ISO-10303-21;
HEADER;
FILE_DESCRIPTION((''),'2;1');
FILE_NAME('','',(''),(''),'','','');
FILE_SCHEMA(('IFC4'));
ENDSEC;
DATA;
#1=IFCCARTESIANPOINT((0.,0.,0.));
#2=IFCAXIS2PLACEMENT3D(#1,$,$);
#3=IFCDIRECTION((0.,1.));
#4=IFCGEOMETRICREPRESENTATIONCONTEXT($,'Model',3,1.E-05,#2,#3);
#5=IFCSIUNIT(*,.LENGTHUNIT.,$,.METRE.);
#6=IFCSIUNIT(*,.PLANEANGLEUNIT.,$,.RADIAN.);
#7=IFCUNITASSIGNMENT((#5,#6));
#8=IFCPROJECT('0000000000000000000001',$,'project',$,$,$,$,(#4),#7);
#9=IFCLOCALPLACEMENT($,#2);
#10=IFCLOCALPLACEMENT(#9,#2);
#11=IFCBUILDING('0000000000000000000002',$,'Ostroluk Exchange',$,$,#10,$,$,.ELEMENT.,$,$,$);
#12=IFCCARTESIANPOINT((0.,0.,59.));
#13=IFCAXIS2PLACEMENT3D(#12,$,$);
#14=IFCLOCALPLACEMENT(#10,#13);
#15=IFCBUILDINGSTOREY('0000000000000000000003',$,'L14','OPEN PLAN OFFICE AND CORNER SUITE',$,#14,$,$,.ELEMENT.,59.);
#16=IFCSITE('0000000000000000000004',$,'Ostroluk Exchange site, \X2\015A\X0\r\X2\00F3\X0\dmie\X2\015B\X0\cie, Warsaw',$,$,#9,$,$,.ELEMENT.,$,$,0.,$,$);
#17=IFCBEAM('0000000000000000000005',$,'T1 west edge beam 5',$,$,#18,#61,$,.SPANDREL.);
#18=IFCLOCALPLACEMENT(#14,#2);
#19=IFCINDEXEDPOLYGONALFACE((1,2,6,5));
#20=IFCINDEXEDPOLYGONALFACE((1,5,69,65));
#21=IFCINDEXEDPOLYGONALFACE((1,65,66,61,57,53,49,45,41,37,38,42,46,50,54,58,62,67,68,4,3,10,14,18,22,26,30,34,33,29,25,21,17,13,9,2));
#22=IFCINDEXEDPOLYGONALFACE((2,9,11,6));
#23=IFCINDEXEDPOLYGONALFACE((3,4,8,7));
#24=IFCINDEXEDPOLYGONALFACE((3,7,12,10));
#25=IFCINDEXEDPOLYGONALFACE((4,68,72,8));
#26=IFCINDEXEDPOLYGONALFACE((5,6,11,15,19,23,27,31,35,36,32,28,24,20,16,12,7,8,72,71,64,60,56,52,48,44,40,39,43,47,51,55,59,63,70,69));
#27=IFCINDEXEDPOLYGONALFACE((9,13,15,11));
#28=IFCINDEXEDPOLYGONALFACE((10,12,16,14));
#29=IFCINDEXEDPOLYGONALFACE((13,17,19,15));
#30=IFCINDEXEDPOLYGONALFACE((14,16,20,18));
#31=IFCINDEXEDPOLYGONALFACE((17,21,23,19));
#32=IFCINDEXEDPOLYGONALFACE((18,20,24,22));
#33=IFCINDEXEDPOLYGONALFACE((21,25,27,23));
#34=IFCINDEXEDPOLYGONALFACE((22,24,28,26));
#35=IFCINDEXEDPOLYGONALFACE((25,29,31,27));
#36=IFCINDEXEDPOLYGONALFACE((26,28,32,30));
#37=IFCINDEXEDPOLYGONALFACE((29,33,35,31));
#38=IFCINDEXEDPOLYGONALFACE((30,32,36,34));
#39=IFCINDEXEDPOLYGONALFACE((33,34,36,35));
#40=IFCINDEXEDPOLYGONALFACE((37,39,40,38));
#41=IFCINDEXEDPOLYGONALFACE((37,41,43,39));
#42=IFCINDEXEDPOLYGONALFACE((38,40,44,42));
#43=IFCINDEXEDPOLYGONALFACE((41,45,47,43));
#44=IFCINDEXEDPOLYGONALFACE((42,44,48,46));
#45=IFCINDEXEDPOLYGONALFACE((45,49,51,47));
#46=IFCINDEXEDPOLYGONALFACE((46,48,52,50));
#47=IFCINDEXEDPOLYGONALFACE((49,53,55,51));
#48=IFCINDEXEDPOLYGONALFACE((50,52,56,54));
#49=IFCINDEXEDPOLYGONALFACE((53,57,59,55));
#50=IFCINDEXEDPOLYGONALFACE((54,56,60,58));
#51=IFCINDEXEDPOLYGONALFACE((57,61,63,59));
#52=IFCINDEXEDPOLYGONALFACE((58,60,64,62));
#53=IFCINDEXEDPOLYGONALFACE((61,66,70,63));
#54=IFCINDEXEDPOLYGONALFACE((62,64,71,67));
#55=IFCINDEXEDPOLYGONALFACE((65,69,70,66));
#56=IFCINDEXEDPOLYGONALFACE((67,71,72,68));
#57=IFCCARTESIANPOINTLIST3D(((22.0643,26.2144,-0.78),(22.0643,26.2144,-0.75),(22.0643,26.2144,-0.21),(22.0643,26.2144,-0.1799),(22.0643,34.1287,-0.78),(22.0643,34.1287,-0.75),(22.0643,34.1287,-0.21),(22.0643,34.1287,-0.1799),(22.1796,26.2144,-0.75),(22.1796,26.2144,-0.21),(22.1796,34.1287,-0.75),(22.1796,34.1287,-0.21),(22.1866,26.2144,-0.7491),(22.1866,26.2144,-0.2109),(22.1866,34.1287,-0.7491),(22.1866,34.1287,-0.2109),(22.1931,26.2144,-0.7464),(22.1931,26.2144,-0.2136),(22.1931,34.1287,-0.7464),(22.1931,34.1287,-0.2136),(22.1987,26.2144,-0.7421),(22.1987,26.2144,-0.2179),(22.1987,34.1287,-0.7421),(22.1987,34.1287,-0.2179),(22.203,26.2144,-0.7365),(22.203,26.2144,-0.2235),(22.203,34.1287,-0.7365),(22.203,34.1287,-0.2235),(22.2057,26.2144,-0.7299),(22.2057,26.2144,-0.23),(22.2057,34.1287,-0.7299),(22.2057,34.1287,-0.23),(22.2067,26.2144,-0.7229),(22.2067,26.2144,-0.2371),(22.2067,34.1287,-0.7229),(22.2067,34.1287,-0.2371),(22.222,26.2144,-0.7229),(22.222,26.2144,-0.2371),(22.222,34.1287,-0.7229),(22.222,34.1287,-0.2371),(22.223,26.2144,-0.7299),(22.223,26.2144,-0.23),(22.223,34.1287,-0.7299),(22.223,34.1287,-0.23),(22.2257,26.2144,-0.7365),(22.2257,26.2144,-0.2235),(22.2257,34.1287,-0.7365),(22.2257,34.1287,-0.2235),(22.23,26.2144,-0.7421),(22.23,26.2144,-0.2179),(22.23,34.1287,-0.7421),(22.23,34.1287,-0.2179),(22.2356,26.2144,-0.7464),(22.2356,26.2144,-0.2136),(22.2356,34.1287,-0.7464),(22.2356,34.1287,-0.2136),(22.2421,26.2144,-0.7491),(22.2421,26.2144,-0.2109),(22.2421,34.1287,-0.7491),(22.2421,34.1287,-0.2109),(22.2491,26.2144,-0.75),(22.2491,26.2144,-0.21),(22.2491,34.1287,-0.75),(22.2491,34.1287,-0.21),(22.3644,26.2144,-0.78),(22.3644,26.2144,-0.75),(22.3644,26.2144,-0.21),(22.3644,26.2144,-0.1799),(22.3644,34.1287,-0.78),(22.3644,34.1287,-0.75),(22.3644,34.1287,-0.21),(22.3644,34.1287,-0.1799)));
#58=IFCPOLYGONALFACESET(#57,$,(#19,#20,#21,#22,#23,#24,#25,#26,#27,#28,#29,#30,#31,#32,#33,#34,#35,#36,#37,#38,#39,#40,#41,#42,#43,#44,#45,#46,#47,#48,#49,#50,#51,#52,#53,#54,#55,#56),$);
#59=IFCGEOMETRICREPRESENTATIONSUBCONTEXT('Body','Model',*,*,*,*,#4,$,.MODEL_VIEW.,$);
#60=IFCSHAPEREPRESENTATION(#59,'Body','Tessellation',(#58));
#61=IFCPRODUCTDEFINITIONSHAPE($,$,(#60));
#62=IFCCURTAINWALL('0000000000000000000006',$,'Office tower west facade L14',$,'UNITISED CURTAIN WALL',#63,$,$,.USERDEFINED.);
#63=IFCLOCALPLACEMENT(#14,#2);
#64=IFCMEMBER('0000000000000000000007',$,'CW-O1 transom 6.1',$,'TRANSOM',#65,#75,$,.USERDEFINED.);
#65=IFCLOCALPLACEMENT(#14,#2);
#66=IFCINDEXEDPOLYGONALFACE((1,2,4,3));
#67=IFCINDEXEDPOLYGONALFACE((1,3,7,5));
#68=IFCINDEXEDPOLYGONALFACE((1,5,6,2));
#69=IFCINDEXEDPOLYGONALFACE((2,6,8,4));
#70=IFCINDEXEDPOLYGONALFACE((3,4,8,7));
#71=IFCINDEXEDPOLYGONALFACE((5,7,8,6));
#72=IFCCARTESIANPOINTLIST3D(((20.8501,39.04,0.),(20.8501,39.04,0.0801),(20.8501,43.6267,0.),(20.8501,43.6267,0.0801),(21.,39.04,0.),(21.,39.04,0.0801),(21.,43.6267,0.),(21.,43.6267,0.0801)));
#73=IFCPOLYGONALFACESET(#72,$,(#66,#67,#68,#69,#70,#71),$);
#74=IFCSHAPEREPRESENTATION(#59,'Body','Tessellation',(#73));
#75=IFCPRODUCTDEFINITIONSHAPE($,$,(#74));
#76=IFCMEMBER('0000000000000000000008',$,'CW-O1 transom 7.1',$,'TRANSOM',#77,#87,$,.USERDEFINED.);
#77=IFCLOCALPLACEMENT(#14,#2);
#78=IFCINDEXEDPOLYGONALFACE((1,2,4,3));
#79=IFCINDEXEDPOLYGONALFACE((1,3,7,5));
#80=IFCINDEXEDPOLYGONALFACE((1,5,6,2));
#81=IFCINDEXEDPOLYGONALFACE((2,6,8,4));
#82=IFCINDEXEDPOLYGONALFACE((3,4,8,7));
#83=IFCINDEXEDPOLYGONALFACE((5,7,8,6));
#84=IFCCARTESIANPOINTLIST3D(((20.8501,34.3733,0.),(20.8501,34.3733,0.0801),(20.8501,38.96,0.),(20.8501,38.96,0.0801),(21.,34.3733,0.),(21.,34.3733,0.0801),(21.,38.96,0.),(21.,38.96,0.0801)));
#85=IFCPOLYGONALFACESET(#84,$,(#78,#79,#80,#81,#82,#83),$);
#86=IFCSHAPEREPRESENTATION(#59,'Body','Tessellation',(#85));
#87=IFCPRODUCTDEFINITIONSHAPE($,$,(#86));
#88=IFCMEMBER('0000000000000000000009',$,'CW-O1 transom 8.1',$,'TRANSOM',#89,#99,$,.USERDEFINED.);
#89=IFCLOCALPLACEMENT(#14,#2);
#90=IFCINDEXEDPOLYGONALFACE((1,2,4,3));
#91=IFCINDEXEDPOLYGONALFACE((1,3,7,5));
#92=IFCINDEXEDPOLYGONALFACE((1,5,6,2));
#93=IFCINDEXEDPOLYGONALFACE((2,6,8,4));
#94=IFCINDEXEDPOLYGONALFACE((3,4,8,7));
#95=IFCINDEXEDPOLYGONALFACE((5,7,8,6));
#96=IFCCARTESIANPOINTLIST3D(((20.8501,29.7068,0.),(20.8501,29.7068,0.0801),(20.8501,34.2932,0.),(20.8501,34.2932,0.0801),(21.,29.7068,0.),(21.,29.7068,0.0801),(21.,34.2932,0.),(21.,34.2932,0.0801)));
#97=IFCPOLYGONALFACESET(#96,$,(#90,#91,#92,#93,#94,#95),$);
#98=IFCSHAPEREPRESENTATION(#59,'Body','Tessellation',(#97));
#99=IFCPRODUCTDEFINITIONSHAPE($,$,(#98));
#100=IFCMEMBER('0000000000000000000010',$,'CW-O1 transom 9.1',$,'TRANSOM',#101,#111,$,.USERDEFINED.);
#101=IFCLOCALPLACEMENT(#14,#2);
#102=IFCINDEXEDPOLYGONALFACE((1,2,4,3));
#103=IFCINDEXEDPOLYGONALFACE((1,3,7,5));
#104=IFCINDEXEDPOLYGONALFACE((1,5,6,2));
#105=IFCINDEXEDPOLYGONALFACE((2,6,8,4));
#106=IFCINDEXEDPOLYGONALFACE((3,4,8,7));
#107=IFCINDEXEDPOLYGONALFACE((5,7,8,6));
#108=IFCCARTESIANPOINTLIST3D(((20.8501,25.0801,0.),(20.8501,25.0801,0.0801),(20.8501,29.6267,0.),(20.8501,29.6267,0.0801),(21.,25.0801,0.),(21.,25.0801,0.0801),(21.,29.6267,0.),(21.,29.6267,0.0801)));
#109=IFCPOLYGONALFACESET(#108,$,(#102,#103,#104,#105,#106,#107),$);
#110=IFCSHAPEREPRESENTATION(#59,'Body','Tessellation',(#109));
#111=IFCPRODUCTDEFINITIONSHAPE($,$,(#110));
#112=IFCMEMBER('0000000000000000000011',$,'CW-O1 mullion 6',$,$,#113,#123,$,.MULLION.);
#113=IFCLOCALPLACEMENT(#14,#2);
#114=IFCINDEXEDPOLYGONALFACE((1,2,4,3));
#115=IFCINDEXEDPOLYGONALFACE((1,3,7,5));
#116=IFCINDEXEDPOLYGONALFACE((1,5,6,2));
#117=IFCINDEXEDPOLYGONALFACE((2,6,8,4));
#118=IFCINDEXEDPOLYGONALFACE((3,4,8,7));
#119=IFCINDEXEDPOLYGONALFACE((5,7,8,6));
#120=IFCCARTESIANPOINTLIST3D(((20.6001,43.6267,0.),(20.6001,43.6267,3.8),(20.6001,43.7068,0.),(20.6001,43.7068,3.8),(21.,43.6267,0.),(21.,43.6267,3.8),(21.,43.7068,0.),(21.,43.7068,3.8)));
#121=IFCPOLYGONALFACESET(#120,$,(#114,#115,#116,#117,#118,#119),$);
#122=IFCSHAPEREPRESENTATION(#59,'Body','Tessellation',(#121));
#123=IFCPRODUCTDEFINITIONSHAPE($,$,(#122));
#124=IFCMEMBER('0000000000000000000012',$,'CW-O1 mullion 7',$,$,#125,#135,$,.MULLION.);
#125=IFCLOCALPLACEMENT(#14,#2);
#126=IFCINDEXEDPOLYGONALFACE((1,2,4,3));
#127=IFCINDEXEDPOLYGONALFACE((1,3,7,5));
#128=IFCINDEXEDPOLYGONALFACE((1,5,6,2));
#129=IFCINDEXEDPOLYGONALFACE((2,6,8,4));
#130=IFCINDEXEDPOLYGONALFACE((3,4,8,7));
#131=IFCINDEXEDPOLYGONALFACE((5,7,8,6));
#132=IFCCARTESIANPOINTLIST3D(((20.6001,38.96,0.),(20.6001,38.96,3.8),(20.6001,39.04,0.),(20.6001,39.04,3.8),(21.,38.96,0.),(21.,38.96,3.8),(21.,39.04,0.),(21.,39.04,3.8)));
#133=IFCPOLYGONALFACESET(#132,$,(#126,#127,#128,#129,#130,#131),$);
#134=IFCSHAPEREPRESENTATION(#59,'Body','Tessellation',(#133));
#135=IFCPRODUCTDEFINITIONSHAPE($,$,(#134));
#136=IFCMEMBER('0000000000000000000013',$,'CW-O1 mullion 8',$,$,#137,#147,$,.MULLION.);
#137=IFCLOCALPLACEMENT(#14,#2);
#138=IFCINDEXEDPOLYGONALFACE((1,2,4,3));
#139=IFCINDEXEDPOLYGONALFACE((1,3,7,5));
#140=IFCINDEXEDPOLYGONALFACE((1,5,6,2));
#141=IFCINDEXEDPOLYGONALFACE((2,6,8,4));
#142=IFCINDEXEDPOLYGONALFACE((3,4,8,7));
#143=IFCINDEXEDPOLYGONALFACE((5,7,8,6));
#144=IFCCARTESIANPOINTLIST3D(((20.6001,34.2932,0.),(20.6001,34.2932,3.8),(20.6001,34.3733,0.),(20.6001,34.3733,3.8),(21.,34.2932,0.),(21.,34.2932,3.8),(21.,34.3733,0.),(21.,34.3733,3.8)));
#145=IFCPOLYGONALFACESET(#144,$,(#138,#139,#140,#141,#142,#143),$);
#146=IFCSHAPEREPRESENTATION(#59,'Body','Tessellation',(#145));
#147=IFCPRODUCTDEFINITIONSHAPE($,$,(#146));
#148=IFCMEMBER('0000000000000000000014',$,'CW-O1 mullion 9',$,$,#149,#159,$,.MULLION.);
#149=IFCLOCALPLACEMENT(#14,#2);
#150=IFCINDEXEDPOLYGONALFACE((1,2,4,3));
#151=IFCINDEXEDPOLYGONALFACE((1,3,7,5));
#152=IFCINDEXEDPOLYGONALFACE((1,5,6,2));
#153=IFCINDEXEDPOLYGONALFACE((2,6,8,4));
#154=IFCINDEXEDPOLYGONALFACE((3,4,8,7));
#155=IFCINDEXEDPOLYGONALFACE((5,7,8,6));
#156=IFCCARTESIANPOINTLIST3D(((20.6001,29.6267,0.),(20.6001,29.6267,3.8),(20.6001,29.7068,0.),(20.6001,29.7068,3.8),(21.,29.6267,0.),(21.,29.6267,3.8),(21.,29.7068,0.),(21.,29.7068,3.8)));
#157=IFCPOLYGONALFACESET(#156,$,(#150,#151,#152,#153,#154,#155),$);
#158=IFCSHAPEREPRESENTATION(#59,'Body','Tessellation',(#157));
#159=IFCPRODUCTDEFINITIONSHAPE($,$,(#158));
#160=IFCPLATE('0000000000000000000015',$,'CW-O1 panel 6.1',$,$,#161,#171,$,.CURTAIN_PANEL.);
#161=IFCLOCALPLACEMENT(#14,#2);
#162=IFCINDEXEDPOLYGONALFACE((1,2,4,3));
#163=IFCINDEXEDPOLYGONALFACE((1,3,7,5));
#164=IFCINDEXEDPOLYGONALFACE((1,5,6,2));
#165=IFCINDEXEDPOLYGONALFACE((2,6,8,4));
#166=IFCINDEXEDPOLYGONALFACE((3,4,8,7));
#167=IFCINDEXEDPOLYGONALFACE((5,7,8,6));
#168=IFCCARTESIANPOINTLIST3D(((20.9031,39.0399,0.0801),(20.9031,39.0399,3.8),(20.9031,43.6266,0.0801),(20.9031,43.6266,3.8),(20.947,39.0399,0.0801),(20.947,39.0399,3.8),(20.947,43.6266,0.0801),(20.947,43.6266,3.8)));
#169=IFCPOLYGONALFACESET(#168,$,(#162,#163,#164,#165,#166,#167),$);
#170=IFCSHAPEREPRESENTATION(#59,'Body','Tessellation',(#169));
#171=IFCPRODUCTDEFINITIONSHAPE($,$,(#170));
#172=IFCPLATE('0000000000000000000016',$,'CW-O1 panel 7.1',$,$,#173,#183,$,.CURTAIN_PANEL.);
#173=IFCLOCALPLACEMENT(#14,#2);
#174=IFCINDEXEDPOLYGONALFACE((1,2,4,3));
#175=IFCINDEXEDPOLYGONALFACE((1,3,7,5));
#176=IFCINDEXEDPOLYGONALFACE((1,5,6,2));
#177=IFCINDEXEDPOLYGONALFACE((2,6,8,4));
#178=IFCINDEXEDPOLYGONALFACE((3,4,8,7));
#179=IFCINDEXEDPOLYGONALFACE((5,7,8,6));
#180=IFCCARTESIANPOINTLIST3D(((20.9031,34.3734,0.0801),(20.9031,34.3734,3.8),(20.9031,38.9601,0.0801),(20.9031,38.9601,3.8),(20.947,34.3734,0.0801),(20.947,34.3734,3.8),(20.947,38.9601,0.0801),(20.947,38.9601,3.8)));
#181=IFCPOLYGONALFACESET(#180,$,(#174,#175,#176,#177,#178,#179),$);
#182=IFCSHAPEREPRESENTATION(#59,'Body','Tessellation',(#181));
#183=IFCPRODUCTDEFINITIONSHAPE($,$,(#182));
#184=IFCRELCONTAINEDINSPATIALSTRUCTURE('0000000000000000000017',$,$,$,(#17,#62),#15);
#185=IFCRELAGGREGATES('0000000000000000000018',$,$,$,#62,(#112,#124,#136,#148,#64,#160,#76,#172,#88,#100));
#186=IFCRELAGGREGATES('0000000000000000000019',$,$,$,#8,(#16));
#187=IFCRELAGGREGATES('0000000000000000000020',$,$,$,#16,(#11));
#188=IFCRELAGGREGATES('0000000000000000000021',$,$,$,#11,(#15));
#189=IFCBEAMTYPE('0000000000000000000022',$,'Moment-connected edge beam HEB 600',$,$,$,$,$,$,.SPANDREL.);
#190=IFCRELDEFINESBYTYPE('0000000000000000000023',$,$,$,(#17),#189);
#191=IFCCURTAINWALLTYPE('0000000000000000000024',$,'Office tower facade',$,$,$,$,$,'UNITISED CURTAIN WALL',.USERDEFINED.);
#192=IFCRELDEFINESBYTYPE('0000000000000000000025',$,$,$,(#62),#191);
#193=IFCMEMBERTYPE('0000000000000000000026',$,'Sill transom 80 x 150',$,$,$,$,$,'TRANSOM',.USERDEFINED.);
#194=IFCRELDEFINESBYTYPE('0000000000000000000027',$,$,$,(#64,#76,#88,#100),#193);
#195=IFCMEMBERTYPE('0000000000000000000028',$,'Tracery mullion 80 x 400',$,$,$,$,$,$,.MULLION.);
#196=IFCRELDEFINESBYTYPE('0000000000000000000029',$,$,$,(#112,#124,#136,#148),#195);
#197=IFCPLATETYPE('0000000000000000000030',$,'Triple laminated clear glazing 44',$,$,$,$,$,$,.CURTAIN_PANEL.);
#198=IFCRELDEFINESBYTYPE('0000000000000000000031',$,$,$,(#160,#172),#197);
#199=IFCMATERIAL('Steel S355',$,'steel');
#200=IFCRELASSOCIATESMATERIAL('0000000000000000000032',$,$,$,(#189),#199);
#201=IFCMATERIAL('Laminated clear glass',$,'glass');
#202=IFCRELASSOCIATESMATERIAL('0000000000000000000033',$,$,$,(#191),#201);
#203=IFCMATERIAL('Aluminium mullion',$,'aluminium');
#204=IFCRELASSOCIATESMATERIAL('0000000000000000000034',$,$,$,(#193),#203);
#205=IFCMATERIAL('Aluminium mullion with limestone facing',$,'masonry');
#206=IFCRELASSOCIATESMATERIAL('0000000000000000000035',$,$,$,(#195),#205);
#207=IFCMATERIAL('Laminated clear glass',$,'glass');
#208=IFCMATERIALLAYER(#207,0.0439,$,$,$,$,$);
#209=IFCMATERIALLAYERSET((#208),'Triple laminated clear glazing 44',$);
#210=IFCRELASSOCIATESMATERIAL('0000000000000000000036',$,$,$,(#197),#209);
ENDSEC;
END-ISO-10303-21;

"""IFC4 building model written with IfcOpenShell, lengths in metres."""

from ifc_helpers import new_model, si_unit, direction, frame, origin, origin_2d, place, context, subcontext, project, spatial, rectangle, i_section, extrude, material, layer, layer_set, material_profile, profile_set, type_object, element, aggregate, save


model = new_model("IFC4")

# Units and contexts
model_context = context("Model", 3, precision=1e-05, world=origin(), true_north=direction((0.0, 1.0)))
body_context = subcontext(model_context, "Body", "Model", "MODEL_VIEW")
ifc_project = project(units=[si_unit("LENGTHUNIT", "METRE"), si_unit("PLANEANGLEUNIT", "RADIAN")], contexts=[model_context])

# Site, building, storey
site_placement = place(None, origin())
site = spatial("IfcSite", under=ifc_project, at=site_placement, Name="Ostroluk Exchange site, Śródmieście, Warsaw", CompositionType="ELEMENT", RefElevation=0.0)
building_placement = place(site_placement, origin())
building = spatial("IfcBuilding", under=site, at=building_placement, Name="Ostroluk Exchange", CompositionType="ELEMENT")
storey_placement = place(building_placement, frame((0.0, 0.0, 59.0)))
storey = spatial("IfcBuildingStorey", under=building, at=storey_placement, Name="L14", Description="OPEN PLAN OFFICE AND CORNER SUITE", CompositionType="ELEMENT", Elevation=59.0)

# Beam
ifc_material_1 = material(Name="Steel S355", Category="steel")
ifc_material_profile_1 = material_profile(ifc_material_1, i_section(OverallWidth=0.3, OverallDepth=0.6001, WebThickness=0.0154, FlangeThickness=0.03, FilletRadius=0.0271, at=origin_2d()), Name="HEB 600")
ifc_profile_set_1 = profile_set([ifc_material_profile_1], Name="Steel S355")
beam_type_1 = type_object("IfcBeamType", Name="Moment-connected edge beam HEB 600", PredefinedType="SPANDREL", material=ifc_profile_set_1)
for number, where, z_axis, x_axis, name in (
    (1, (22.2144, 34.1287, -0.48), (0.0, -1.0, 0.0), (1.0, 0.0, 0.0), "T1 west edge beam 5"),
):
    element("IfcBeam", number, at=place(storey_placement, frame(where, z_axis=z_axis, x_axis=x_axis)), inside=storey, type_object=beam_type_1, Name=name, PredefinedType="SPANDREL", context=body_context, shape_type="SweptSolid", body=[
        extrude(i_section(OverallWidth=0.3, OverallDepth=0.6001, WebThickness=0.0154, FlangeThickness=0.03, FilletRadius=0.0271, at=origin_2d()), origin(), (0.0, 0.0, 1.0), 7.9143),
    ])

# Curtain wall, members, plates
ifc_material_2 = material(Name="Laminated clear glass", Category="glass")
curtain_wall_type = type_object("IfcCurtainWallType", Name="Office tower facade", ElementType="UNITISED CURTAIN WALL", PredefinedType="USERDEFINED", material=ifc_material_2)
curtain_wall_placement = place(storey_placement, origin())
curtain_wall = element("IfcCurtainWall", 2, at=curtain_wall_placement, inside=storey, type_object=curtain_wall_type, Name="Office tower west facade L14", ObjectType="UNITISED CURTAIN WALL", PredefinedType="USERDEFINED")
ifc_material_3 = material(Name="Aluminium mullion", Category="aluminium")
ifc_material_profile_2 = material_profile(ifc_material_3, rectangle(XDim=0.1499, YDim=0.0801, at=origin_2d()), Name="Sill transom 80 x 150")
ifc_profile_set_2 = profile_set([ifc_material_profile_2], Name="Aluminium mullion")
member_type_1 = type_object("IfcMemberType", Name="Sill transom 80 x 150", ElementType="TRANSOM", PredefinedType="USERDEFINED", material=ifc_profile_set_2)
member_1_placement = place(storey_placement, frame((20.925, 43.6267, 0.04), z_axis=(0.0, -1.0, 0.0), x_axis=(1.0, 0.0, 0.0)))
member_1 = element("IfcMember", 3, at=member_1_placement, type_object=member_type_1, Name="CW-O1 transom 6.1", ObjectType="TRANSOM", PredefinedType="USERDEFINED", context=body_context, shape_type="SweptSolid", body=[
    extrude(rectangle(XDim=0.1499, YDim=0.0801, at=origin_2d()), origin(), (0.0, 0.0, 1.0), 4.5867),
])
member_2_placement = place(storey_placement, frame((20.925, 38.96, 0.04), z_axis=(0.0, -1.0, 0.0), x_axis=(1.0, 0.0, 0.0)))
member_2 = element("IfcMember", 4, at=member_2_placement, type_object=member_type_1, Name="CW-O1 transom 7.1", ObjectType="TRANSOM", PredefinedType="USERDEFINED", context=body_context, shape_type="SweptSolid", body=[
    extrude(rectangle(XDim=0.1499, YDim=0.0801, at=origin_2d()), origin(), (0.0, 0.0, 1.0), 4.5867),
])
member_3_placement = place(storey_placement, frame((20.925, 34.2932, 0.04), z_axis=(0.0, -1.0, 0.0), x_axis=(1.0, 0.0, 0.0)))
member_3 = element("IfcMember", 5, at=member_3_placement, type_object=member_type_1, Name="CW-O1 transom 8.1", ObjectType="TRANSOM", PredefinedType="USERDEFINED", context=body_context, shape_type="SweptSolid", body=[
    extrude(rectangle(XDim=0.1499, YDim=0.0801, at=origin_2d()), origin(), (0.0, 0.0, 1.0), 4.5864),
])
member_4_placement = place(storey_placement, frame((20.925, 29.6267, 0.04), z_axis=(0.0, -1.0, 0.0), x_axis=(1.0, 0.0, 0.0)))
member_4 = element("IfcMember", 6, at=member_4_placement, type_object=member_type_1, Name="CW-O1 transom 9.1", ObjectType="TRANSOM", PredefinedType="USERDEFINED", context=body_context, shape_type="SweptSolid", body=[
    extrude(rectangle(XDim=0.1499, YDim=0.0801, at=origin_2d()), origin(), (0.0, 0.0, 1.0), 4.5466),
])
ifc_material_4 = material(Name="Aluminium mullion with limestone facing", Category="masonry")
ifc_material_profile_3 = material_profile(ifc_material_4, rectangle(XDim=0.3999, YDim=0.0801, at=origin_2d()), Name="Tracery mullion 80 x 400")
ifc_profile_set_3 = profile_set([ifc_material_profile_3], Name="Aluminium mullion with limestone facing")
member_type_2 = type_object("IfcMemberType", Name="Tracery mullion 80 x 400", PredefinedType="MULLION", material=ifc_profile_set_3)
member_5_placement = place(storey_placement, frame((20.8, 43.6667, 0.0), z_axis=(0.0, 0.0, 1.0), x_axis=(1.0, 0.0, 0.0)))
member_5 = element("IfcMember", 7, at=member_5_placement, type_object=member_type_2, Name="CW-O1 mullion 6", PredefinedType="MULLION", context=body_context, shape_type="SweptSolid", body=[
    extrude(rectangle(XDim=0.3999, YDim=0.0801, at=origin_2d()), origin(), (0.0, 0.0, 1.0), 3.8),
])
member_6_placement = place(storey_placement, frame((20.8, 39.0, 0.0), z_axis=(0.0, 0.0, 1.0), x_axis=(1.0, 0.0, 0.0)))
member_6 = element("IfcMember", 8, at=member_6_placement, type_object=member_type_2, Name="CW-O1 mullion 7", PredefinedType="MULLION", context=body_context, shape_type="SweptSolid", body=[
    extrude(rectangle(XDim=0.3999, YDim=0.0801, at=origin_2d()), origin(), (0.0, 0.0, 1.0), 3.8),
])
member_7_placement = place(storey_placement, frame((20.8, 34.3333, 0.0), z_axis=(0.0, 0.0, 1.0), x_axis=(1.0, 0.0, 0.0)))
member_7 = element("IfcMember", 9, at=member_7_placement, type_object=member_type_2, Name="CW-O1 mullion 8", PredefinedType="MULLION", context=body_context, shape_type="SweptSolid", body=[
    extrude(rectangle(XDim=0.3999, YDim=0.0801, at=origin_2d()), origin(), (0.0, 0.0, 1.0), 3.8),
])
member_8_placement = place(storey_placement, frame((20.8, 29.6667, 0.0), z_axis=(0.0, 0.0, 1.0), x_axis=(1.0, 0.0, 0.0)))
member_8 = element("IfcMember", 10, at=member_8_placement, type_object=member_type_2, Name="CW-O1 mullion 9", PredefinedType="MULLION", context=body_context, shape_type="SweptSolid", body=[
    extrude(rectangle(XDim=0.3999, YDim=0.0801, at=origin_2d()), origin(), (0.0, 0.0, 1.0), 3.8),
])
ifc_material_5 = material(Name="Laminated clear glass", Category="glass")
ifc_layer_1 = layer(ifc_material_5, 0.0439)
ifc_layer_set_1 = layer_set([ifc_layer_1], Name="Triple laminated clear glazing 44")
plate_type = type_object("IfcPlateType", Name="Triple laminated clear glazing 44", PredefinedType="CURTAIN_PANEL", material=ifc_layer_set_1)
plate_1_placement = place(storey_placement, frame((20.925, 41.3333, 0.0801), z_axis=(0.0, 0.0, 1.0), x_axis=(0.0, -1.0, 0.0)))
plate_1 = element("IfcPlate", 11, at=plate_1_placement, type_object=plate_type, Name="CW-O1 panel 6.1", PredefinedType="CURTAIN_PANEL", context=body_context, shape_type="SweptSolid", body=[
    extrude(rectangle(XDim=4.5867, YDim=0.0439, at=origin_2d()), origin(), (0.0, 0.0, 1.0), 3.72),
])
plate_2_placement = place(storey_placement, frame((20.925, 36.6667, 0.0801), z_axis=(0.0, 0.0, 1.0), x_axis=(0.0, -1.0, 0.0)))
plate_2 = element("IfcPlate", 12, at=plate_2_placement, type_object=plate_type, Name="CW-O1 panel 7.1", PredefinedType="CURTAIN_PANEL", context=body_context, shape_type="SweptSolid", body=[
    extrude(rectangle(XDim=4.5867, YDim=0.0439, at=origin_2d()), origin(), (0.0, 0.0, 1.0), 3.72),
])
aggregate(curtain_wall, [member_5, member_6, member_7, member_8, member_1, plate_1, member_2, plate_2, member_3, member_4])

save(model, "model.ifc")
